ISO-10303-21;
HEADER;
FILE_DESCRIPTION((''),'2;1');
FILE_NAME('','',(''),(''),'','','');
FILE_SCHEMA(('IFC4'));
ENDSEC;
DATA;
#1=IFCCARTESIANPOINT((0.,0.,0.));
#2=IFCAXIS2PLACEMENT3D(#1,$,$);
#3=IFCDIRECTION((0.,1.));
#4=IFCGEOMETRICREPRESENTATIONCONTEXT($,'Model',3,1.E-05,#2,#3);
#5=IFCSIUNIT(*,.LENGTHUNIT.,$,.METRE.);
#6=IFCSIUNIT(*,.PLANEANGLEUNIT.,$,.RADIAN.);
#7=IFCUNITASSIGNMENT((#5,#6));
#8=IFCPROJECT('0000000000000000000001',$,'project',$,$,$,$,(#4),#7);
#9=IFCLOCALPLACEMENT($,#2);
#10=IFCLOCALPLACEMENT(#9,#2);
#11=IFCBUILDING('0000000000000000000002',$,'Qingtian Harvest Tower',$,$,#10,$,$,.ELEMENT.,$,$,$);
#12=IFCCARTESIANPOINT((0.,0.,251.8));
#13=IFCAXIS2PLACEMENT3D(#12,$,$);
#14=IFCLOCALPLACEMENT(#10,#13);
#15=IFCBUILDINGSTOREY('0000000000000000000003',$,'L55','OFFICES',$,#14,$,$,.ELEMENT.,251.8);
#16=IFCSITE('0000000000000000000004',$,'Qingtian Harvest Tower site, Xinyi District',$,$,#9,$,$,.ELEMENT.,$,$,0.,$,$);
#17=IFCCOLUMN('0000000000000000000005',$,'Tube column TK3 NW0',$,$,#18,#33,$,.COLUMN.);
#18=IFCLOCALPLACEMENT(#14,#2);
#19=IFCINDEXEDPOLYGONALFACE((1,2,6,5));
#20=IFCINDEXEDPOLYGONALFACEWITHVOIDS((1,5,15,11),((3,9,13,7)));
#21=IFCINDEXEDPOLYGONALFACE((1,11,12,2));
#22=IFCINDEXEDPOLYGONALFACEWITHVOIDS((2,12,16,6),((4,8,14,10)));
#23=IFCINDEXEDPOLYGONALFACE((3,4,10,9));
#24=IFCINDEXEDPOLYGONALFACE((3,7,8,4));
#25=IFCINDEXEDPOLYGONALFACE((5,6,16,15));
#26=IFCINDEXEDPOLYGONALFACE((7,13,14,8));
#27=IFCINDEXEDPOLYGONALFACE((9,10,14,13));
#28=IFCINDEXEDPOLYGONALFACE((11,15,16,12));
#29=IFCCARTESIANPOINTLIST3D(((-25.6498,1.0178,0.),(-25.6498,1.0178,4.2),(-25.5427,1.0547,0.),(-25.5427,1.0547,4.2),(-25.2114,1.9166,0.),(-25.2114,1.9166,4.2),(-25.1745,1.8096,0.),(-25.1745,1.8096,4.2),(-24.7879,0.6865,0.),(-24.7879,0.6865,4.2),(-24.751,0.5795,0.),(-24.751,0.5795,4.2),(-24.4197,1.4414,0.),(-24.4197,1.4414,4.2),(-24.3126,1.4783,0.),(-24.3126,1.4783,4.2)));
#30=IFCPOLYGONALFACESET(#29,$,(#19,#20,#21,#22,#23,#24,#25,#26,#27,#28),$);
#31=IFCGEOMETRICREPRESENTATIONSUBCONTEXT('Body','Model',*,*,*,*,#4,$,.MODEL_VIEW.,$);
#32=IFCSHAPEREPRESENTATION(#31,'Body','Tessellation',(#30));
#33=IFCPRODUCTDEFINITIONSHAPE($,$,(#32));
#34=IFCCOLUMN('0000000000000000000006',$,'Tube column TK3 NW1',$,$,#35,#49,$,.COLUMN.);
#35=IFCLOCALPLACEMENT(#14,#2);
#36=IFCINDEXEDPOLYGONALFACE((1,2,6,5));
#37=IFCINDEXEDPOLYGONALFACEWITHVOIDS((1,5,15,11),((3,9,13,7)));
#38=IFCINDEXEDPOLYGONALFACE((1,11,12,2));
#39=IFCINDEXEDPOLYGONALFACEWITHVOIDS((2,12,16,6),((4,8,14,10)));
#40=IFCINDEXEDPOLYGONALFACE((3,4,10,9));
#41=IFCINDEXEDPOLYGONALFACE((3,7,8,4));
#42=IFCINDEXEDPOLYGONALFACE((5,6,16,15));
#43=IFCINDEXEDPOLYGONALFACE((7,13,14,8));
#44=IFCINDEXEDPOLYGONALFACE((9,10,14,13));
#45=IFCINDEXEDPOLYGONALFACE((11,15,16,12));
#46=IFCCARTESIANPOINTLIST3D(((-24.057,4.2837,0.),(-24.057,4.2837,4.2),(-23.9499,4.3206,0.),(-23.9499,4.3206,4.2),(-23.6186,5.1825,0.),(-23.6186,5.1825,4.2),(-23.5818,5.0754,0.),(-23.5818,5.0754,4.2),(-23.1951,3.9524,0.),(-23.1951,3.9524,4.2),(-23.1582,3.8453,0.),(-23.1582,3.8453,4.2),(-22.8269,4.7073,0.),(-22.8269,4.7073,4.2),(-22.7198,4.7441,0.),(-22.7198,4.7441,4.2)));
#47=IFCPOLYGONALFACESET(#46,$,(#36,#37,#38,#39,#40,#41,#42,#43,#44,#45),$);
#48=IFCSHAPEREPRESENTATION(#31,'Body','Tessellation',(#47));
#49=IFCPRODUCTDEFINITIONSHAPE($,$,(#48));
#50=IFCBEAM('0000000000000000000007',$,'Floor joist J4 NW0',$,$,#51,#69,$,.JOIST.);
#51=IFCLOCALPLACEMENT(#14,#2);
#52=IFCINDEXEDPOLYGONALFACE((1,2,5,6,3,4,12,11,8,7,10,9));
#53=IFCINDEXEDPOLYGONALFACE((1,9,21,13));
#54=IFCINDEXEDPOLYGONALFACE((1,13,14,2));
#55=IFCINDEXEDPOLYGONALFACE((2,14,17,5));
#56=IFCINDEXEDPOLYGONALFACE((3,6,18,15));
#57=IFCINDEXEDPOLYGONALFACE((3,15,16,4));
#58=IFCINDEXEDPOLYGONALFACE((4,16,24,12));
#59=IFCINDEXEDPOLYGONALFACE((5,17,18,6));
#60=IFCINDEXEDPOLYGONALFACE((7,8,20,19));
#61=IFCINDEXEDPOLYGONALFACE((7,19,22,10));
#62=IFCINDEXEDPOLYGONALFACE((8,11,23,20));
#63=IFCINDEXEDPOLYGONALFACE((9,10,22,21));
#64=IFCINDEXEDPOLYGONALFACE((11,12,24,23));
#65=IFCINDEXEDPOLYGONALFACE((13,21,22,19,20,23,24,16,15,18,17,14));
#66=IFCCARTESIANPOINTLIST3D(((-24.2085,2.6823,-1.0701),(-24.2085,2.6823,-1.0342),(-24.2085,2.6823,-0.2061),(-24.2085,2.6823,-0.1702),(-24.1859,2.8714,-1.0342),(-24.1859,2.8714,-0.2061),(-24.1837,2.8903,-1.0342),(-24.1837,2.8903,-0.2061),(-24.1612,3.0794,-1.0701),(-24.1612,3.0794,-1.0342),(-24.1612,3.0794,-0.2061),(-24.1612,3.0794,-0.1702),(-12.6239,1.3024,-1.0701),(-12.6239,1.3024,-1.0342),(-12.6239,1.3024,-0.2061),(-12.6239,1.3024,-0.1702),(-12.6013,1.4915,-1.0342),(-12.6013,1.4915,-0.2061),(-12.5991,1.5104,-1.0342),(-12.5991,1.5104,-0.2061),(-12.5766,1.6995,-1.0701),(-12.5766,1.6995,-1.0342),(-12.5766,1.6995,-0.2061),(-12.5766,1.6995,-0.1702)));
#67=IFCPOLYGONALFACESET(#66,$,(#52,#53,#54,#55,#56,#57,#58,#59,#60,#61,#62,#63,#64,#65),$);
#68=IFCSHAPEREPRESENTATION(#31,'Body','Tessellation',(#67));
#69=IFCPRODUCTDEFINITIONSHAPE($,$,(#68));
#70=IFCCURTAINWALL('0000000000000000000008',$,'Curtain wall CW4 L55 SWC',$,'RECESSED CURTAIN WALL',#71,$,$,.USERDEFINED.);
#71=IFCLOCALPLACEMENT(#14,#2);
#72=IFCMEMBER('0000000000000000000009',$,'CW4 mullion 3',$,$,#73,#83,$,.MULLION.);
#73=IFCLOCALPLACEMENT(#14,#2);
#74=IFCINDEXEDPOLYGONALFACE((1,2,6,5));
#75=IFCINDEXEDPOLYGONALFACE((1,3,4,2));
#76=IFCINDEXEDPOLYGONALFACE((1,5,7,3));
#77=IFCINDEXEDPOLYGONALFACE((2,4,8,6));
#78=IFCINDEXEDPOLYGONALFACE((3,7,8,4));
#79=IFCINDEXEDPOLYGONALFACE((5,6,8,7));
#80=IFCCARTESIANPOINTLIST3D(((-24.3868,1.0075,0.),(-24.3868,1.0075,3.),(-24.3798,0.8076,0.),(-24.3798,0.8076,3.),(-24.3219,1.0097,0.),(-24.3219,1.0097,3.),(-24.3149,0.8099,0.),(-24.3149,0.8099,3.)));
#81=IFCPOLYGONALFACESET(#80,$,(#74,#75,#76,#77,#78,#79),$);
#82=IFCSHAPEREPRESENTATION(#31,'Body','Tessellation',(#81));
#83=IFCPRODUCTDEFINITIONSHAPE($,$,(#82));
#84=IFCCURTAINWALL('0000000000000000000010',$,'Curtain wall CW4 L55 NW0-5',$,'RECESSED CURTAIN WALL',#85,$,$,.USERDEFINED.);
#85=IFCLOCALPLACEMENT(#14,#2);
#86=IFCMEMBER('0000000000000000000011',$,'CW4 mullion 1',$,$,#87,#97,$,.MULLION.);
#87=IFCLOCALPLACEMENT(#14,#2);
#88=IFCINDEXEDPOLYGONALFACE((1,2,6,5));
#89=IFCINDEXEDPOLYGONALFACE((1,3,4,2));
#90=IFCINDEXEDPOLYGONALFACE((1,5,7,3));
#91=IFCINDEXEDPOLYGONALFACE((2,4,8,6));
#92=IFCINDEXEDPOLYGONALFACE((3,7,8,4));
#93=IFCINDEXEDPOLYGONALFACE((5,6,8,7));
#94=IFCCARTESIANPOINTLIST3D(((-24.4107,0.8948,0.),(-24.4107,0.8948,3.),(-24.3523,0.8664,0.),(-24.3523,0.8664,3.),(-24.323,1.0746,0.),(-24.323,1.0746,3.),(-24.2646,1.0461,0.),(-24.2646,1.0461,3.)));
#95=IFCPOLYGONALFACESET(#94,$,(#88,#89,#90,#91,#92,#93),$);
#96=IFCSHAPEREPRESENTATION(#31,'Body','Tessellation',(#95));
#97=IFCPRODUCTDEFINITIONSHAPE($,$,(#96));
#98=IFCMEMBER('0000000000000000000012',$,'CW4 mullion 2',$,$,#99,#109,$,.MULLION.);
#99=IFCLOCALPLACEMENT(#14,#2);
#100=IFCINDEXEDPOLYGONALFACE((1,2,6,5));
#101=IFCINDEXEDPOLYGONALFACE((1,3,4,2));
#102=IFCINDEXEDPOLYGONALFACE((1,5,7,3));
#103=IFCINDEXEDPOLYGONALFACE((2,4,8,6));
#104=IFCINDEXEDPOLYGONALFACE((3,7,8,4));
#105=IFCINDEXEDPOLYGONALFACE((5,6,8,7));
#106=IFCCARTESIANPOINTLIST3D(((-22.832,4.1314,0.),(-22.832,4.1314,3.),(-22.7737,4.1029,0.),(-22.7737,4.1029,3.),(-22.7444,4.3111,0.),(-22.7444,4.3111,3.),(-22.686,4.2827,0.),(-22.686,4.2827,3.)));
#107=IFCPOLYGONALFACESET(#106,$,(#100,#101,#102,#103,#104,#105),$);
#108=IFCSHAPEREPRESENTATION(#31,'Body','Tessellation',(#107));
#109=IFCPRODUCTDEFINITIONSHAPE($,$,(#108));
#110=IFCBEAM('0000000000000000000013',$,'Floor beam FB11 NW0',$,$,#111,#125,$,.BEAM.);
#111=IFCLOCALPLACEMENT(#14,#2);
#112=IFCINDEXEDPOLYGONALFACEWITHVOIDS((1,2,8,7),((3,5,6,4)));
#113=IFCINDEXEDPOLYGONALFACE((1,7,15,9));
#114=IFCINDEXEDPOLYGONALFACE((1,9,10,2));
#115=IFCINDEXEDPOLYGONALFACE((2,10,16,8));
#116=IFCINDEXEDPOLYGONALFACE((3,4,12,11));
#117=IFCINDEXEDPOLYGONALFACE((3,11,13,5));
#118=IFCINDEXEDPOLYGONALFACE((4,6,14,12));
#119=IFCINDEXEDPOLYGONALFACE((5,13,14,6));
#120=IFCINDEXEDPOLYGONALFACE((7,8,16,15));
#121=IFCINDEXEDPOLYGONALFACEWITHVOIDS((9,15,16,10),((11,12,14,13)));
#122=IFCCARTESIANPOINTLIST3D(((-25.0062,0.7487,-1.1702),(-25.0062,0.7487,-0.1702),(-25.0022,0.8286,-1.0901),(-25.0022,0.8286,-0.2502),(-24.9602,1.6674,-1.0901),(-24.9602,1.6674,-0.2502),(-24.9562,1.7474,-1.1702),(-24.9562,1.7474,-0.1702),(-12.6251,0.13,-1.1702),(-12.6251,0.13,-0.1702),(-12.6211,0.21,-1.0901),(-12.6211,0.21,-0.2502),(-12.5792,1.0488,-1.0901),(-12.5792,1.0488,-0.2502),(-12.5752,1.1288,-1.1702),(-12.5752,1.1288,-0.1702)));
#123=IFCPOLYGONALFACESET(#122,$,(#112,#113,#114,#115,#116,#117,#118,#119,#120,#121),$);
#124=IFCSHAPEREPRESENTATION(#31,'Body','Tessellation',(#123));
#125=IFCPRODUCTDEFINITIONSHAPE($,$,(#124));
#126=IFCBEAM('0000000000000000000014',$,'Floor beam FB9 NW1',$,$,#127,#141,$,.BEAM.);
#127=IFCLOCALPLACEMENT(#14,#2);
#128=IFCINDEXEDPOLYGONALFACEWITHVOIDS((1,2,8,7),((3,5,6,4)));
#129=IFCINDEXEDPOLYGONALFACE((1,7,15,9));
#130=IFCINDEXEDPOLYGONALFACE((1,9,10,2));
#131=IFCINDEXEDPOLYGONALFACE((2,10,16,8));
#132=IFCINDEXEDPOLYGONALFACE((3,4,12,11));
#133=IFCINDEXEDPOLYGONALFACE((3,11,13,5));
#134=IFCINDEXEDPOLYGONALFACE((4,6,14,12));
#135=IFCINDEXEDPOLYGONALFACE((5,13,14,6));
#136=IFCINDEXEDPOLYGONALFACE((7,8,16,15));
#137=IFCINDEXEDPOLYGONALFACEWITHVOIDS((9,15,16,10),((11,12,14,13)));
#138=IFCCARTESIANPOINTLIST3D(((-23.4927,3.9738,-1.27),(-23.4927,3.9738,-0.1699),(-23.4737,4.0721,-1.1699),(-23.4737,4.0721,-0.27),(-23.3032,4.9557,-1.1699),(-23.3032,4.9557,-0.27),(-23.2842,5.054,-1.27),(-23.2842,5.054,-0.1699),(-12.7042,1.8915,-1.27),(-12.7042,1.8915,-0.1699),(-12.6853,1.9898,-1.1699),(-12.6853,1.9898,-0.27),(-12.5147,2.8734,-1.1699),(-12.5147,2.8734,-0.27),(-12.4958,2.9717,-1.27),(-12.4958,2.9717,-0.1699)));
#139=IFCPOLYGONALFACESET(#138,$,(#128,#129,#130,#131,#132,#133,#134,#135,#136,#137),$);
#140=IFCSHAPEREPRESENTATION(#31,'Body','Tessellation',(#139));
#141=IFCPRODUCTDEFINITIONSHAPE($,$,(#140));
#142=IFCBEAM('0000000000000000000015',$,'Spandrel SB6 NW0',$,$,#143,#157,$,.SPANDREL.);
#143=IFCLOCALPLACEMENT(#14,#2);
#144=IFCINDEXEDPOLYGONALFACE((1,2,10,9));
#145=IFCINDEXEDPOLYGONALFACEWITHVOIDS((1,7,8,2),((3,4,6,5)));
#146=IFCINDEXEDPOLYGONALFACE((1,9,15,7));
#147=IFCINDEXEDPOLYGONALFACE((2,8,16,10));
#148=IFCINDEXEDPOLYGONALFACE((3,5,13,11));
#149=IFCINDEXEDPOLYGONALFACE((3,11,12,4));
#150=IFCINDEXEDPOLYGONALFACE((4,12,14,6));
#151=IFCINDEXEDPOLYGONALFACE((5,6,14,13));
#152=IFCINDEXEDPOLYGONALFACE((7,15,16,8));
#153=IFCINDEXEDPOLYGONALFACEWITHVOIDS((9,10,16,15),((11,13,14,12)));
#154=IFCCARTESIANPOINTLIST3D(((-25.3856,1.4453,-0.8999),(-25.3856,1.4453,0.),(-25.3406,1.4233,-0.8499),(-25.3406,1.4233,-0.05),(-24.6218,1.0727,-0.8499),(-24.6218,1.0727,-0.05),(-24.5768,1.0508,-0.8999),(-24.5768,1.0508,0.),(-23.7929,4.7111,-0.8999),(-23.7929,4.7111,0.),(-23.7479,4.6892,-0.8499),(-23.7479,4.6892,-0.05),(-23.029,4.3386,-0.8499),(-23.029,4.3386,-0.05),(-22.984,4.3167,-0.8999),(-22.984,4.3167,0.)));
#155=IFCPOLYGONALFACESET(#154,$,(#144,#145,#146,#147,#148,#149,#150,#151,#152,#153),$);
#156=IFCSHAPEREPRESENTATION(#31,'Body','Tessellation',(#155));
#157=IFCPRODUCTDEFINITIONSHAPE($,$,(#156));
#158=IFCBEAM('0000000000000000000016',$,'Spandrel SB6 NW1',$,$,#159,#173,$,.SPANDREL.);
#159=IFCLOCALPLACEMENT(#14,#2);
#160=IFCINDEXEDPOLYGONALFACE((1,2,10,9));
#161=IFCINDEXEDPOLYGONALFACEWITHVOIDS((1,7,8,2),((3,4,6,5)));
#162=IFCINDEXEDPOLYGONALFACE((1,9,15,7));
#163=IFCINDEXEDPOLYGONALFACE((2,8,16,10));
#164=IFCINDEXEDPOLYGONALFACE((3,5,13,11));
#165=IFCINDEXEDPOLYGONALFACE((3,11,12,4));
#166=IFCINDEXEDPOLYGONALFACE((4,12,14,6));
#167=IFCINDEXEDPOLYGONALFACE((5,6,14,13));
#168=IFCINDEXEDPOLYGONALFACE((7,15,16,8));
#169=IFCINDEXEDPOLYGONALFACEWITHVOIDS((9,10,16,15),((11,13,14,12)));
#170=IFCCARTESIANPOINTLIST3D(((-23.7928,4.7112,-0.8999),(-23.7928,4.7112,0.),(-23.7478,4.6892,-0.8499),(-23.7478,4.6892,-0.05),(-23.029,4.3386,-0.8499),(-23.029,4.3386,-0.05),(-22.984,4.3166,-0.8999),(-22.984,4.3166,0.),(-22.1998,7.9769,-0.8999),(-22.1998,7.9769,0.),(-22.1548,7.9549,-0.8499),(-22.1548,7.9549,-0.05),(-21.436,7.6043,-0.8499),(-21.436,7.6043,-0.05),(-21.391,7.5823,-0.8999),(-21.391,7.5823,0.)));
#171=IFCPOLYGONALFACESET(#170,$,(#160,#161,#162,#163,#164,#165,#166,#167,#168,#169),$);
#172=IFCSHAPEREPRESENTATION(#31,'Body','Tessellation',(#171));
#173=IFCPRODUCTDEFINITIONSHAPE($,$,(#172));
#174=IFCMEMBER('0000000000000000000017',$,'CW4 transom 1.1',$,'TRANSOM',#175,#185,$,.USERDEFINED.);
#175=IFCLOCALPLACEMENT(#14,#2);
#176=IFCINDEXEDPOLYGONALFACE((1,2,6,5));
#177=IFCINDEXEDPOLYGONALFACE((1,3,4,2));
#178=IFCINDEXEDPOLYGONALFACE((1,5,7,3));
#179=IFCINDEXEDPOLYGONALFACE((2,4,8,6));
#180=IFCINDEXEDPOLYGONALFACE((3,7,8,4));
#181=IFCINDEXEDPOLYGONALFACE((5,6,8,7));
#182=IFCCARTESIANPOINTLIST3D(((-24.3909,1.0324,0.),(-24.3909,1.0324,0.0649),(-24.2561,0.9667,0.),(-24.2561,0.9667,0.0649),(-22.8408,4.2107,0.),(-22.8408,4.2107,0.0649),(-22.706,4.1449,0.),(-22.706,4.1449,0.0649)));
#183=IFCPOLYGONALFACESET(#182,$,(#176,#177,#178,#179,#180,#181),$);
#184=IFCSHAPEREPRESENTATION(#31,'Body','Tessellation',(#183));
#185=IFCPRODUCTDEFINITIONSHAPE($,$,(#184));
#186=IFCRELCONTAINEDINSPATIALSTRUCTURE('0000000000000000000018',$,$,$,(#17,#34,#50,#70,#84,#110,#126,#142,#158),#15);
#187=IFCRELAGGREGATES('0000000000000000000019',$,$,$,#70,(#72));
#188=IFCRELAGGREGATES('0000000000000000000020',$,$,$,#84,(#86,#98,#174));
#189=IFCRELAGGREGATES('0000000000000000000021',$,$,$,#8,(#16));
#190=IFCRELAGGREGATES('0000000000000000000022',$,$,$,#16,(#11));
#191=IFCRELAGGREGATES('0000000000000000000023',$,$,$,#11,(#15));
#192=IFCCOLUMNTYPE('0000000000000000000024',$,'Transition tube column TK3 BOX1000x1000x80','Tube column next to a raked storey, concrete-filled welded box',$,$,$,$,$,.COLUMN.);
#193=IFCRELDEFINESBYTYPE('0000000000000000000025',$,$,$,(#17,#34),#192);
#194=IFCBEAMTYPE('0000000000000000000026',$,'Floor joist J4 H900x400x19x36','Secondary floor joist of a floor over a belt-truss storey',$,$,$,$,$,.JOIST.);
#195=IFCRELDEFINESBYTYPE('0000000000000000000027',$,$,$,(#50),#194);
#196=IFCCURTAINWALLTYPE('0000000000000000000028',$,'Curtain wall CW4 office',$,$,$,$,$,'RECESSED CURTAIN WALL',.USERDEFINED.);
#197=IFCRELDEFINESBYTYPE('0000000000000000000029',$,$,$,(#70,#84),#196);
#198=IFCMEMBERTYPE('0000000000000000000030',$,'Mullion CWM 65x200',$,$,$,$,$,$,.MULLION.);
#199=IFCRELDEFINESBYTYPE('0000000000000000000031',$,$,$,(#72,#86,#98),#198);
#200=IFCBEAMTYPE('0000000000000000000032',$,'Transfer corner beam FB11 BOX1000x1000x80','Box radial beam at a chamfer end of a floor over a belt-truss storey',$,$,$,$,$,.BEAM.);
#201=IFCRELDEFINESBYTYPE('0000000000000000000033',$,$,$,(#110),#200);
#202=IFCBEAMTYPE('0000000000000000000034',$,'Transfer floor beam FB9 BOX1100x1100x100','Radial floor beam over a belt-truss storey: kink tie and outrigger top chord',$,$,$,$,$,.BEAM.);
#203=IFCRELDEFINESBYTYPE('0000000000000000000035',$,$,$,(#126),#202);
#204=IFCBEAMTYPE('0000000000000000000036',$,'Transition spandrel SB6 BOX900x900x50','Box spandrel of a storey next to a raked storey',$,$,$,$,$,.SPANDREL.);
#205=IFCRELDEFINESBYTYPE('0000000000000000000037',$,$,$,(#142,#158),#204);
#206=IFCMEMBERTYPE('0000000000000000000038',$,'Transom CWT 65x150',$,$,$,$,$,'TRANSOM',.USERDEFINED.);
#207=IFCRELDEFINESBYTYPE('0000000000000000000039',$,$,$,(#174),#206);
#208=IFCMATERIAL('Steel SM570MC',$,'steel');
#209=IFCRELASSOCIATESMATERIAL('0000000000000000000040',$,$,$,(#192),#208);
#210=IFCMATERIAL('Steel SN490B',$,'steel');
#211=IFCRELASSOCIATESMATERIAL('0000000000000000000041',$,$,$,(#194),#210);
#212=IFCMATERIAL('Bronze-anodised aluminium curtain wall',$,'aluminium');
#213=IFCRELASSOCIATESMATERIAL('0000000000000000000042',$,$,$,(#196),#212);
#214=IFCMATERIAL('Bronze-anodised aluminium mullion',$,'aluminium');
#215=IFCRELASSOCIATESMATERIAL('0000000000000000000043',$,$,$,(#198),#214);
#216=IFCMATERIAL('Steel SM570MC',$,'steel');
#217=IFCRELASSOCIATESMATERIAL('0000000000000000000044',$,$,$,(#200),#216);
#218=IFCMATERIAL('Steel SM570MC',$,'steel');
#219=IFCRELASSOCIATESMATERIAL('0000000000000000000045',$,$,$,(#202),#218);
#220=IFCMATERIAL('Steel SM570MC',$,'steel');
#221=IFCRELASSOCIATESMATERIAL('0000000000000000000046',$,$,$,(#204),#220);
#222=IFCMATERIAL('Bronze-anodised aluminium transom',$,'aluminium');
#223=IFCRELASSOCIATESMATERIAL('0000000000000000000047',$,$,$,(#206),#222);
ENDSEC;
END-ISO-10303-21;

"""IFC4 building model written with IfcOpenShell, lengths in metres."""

from ifc_helpers import new_model, si_unit, direction, frame, origin, origin_2d, place, context, subcontext, project, spatial, rectangle, hollow_rectangle, i_section, extrude, material, material_profile, profile_set, type_object, element, aggregate, save


model = new_model("IFC4")

# Units and contexts
model_context = context("Model", 3, precision=1e-05, world=origin(), true_north=direction((0.0, 1.0)))
body_context = subcontext(model_context, "Body", "Model", "MODEL_VIEW")
ifc_project = project(units=[si_unit("LENGTHUNIT", "METRE"), si_unit("PLANEANGLEUNIT", "RADIAN")], contexts=[model_context])

# Site, building, storey
site_placement = place(None, origin())
site = spatial("IfcSite", under=ifc_project, at=site_placement, Name="Qingtian Harvest Tower site, Xinyi District", CompositionType="ELEMENT", RefElevation=0.0)
building_placement = place(site_placement, origin())
building = spatial("IfcBuilding", under=site, at=building_placement, Name="Qingtian Harvest Tower", CompositionType="ELEMENT")
storey_placement = place(building_placement, frame((0.0, 0.0, 251.8)))
storey = spatial("IfcBuildingStorey", under=building, at=storey_placement, Name="L55", Description="OFFICES", CompositionType="ELEMENT", Elevation=251.8)

# Columns
ifc_material_1 = material(Name="Steel SM570MC", Category="steel")
ifc_material_profile_1 = material_profile(ifc_material_1, hollow_rectangle(XDim=1.0, YDim=1.0, WallThickness=0.0801, at=origin_2d()), Name="BOX1000x1000x80")
ifc_profile_set_1 = profile_set([ifc_material_profile_1], Name="Steel SM570MC")
column_type = type_object("IfcColumnType", Name="Transition tube column TK3 BOX1000x1000x80", Description="Tube column next to a raked storey, concrete-filled welded box", PredefinedType="COLUMN", material=ifc_profile_set_1)
for number, where, z_axis, x_axis, name in (
    (1, (-24.9812, 1.248, 0.0), (0.0, 0.0, 1.0), (-0.438371, -0.898794, 0.0), "Tube column TK3 NW0"),
    (2, (-23.3884, 4.5139, 0.0), (0.0, 0.0, 1.0), (-0.438371, -0.898794, 0.0), "Tube column TK3 NW1"),
):
    element("IfcColumn", number, at=place(storey_placement, frame(where, z_axis=z_axis, x_axis=x_axis)), inside=storey, type_object=column_type, Name=name, PredefinedType="COLUMN", context=body_context, shape_type="SweptSolid", body=[
        extrude(hollow_rectangle(XDim=1.0, YDim=1.0, WallThickness=0.0801, at=origin_2d()), origin(), (0.0, 0.0, 1.0), 4.2),
    ])

# Beam
ifc_material_2 = material(Name="Steel SN490B", Category="steel")
ifc_material_profile_2 = material_profile(ifc_material_2, i_section(OverallWidth=0.3999, OverallDepth=0.8999, WebThickness=0.019, FlangeThickness=0.0359, at=origin_2d()), Name="H900x400x19x36")
ifc_profile_set_2 = profile_set([ifc_material_profile_2], Name="Steel SN490B")
beam_type_1 = type_object("IfcBeamType", Name="Floor joist J4 H900x400x19x36", Description="Secondary floor joist of a floor over a belt-truss storey", PredefinedType="JOIST", material=ifc_profile_set_2)
beam_1_placement = place(storey_placement, frame((-24.1848, 2.8809, -0.6201), z_axis=(0.992981, -0.118276, 0.0), x_axis=(0.118276, 0.992981, 0.0)))
element("IfcBeam", 3, at=beam_1_placement, inside=storey, type_object=beam_type_1, Name="Floor joist J4 NW0", PredefinedType="JOIST", context=body_context, shape_type="SweptSolid", body=[
    extrude(i_section(OverallWidth=0.3999, OverallDepth=0.8999, WebThickness=0.019, FlangeThickness=0.0359, at=origin_2d()), origin(), (0.0, 0.0, 1.0), 11.6665),
])

# Curtain wall, member
ifc_material_3 = material(Name="Bronze-anodised aluminium curtain wall", Category="aluminium")
curtain_wall_type = type_object("IfcCurtainWallType", Name="Curtain wall CW4 office", ElementType="RECESSED CURTAIN WALL", PredefinedType="USERDEFINED", material=ifc_material_3)
curtain_wall_1_placement = place(storey_placement, origin())
curtain_wall_1 = element("IfcCurtainWall", 4, at=curtain_wall_1_placement, inside=storey, type_object=curtain_wall_type, Name="Curtain wall CW4 L55 SWC", ObjectType="RECESSED CURTAIN WALL", PredefinedType="USERDEFINED")
ifc_material_4 = material(Name="Bronze-anodised aluminium mullion", Category="aluminium")
ifc_material_profile_3 = material_profile(ifc_material_4, rectangle(XDim=0.0649, YDim=0.2, at=origin_2d()), Name="AL 65x200")
ifc_profile_set_3 = profile_set([ifc_material_profile_3], Name="Bronze-anodised aluminium mullion")
member_type_1 = type_object("IfcMemberType", Name="Mullion CWM 65x200", PredefinedType="MULLION", material=ifc_profile_set_3)
member_1_placement = place(storey_placement, frame((-24.3508, 0.9087, 0.0), z_axis=(0.0, 0.0, 1.0), x_axis=(-0.999391, -0.034899, 0.0)))
member_1 = element("IfcMember", 5, at=member_1_placement, type_object=member_type_1, Name="CW4 mullion 3", PredefinedType="MULLION", context=body_context, shape_type="SweptSolid", body=[
    extrude(rectangle(XDim=0.0649, YDim=0.2, at=origin_2d()), origin(), (0.0, 0.0, 1.0), 3.0),
])

# Curtain wall, members
curtain_wall_2_placement = place(storey_placement, origin())
curtain_wall_2 = element("IfcCurtainWall", 6, at=curtain_wall_2_placement, inside=storey, type_object=curtain_wall_type, Name="Curtain wall CW4 L55 NW0-5", ObjectType="RECESSED CURTAIN WALL", PredefinedType="USERDEFINED")
member_2_placement = place(storey_placement, frame((-24.3376, 0.9705, 0.0), z_axis=(0.0, 0.0, 1.0), x_axis=(-0.898794, 0.438371, 0.0)))
member_2 = element("IfcMember", 7, at=member_2_placement, type_object=member_type_1, Name="CW4 mullion 1", PredefinedType="MULLION", context=body_context, shape_type="SweptSolid", body=[
    extrude(rectangle(XDim=0.0649, YDim=0.2, at=origin_2d()), origin(), (0.0, 0.0, 1.0), 3.0),
])
member_3_placement = place(storey_placement, frame((-22.759, 4.207, 0.0), z_axis=(0.0, 0.0, 1.0), x_axis=(-0.898794, 0.438371, 0.0)))
member_3 = element("IfcMember", 8, at=member_3_placement, type_object=member_type_1, Name="CW4 mullion 2", PredefinedType="MULLION", context=body_context, shape_type="SweptSolid", body=[
    extrude(rectangle(XDim=0.0649, YDim=0.2, at=origin_2d()), origin(), (0.0, 0.0, 1.0), 3.0),
])

# Beams
ifc_material_5 = material(Name="Steel SM570MC", Category="steel")
ifc_material_profile_4 = material_profile(ifc_material_5, hollow_rectangle(XDim=1.0, YDim=1.0, WallThickness=0.0801, at=origin_2d()), Name="BOX1000x1000x80")
ifc_profile_set_4 = profile_set([ifc_material_profile_4], Name="Steel SM570MC")
beam_type_2 = type_object("IfcBeamType", Name="Transfer corner beam FB11 BOX1000x1000x80", Description="Box radial beam at a chamfer end of a floor over a belt-truss storey", PredefinedType="BEAM", material=ifc_profile_set_4)
beam_2_placement = place(storey_placement, frame((-24.9812, 1.248, -0.6702), z_axis=(0.998754, -0.049905, 0.0), x_axis=(0.049905, 0.998754, 0.0)))
element("IfcBeam", 9, at=beam_2_placement, inside=storey, type_object=beam_type_2, Name="Floor beam FB11 NW0", PredefinedType="BEAM", context=body_context, shape_type="SweptSolid", body=[
    extrude(hollow_rectangle(XDim=1.0, YDim=1.0, WallThickness=0.0801, at=origin_2d()), origin(), (0.0, 0.0, 1.0), 12.3965),
])
ifc_material_6 = material(Name="Steel SM570MC", Category="steel")
ifc_material_profile_5 = material_profile(ifc_material_6, hollow_rectangle(XDim=1.1001, YDim=1.1001, WallThickness=0.1001, at=origin_2d()), Name="BOX1100x1100x100")
ifc_profile_set_5 = profile_set([ifc_material_profile_5], Name="Steel SM570MC")
beam_type_3 = type_object("IfcBeamType", Name="Transfer floor beam FB9 BOX1100x1100x100", Description="Radial floor beam over a belt-truss storey: kink tie and outrigger top chord", PredefinedType="BEAM", material=ifc_profile_set_5)
beam_3_placement = place(storey_placement, frame((-23.3884, 4.5139, -0.72), z_axis=(0.981878, -0.189514, 0.0), x_axis=(0.189514, 0.981878, 0.0)))
element("IfcBeam", 10, at=beam_3_placement, inside=storey, type_object=beam_type_3, Name="Floor beam FB9 NW1", PredefinedType="BEAM", context=body_context, shape_type="SweptSolid", body=[
    extrude(hollow_rectangle(XDim=1.1001, YDim=1.1001, WallThickness=0.1001, at=origin_2d()), origin(), (0.0, 0.0, 1.0), 10.9875),
])
ifc_material_7 = material(Name="Steel SM570MC", Category="steel")
ifc_material_profile_6 = material_profile(ifc_material_7, hollow_rectangle(XDim=0.8999, YDim=0.8999, WallThickness=0.05, at=origin_2d()), Name="BOX900x900x50")
ifc_profile_set_6 = profile_set([ifc_material_profile_6], Name="Steel SM570MC")
beam_type_4 = type_object("IfcBeamType", Name="Transition spandrel SB6 BOX900x900x50", Description="Box spandrel of a storey next to a raked storey", PredefinedType="SPANDREL", material=ifc_profile_set_6)
for number, where, z_axis, x_axis, name in (
    (11, (-24.9812, 1.248, -0.45), (0.438349, 0.898805, 0.0), (-0.898805, 0.438349, 0.0), "Spandrel SB6 NW0"),
    (12, (-23.3884, 4.5139, -0.45), (0.43843, 0.898765, 0.0), (-0.898765, 0.43843, 0.0), "Spandrel SB6 NW1"),
):
    element("IfcBeam", number, at=place(storey_placement, frame(where, z_axis=z_axis, x_axis=x_axis)), inside=storey, type_object=beam_type_4, Name=name, PredefinedType="SPANDREL", context=body_context, shape_type="SweptSolid", body=[
        extrude(hollow_rectangle(XDim=0.8999, YDim=0.8999, WallThickness=0.05, at=origin_2d()), origin(), (0.0, 0.0, 1.0), 3.6335),
    ])

# Member
ifc_material_8 = material(Name="Bronze-anodised aluminium transom", Category="aluminium")
ifc_material_profile_7 = material_profile(ifc_material_8, rectangle(XDim=0.1499, YDim=0.0649, at=origin_2d()), Name="AL 65x150")
ifc_profile_set_7 = profile_set([ifc_material_profile_7], Name="Bronze-anodised aluminium transom")
member_type_2 = type_object("IfcMemberType", Name="Transom CWT 65x150", ElementType="TRANSOM", PredefinedType="USERDEFINED", material=ifc_profile_set_7)
member_4_placement = place(storey_placement, frame((-24.3235, 0.9995, 0.0325), z_axis=(0.438354, 0.898802, 0.0), x_axis=(-0.898802, 0.438354, 0.0)))
member_4 = element("IfcMember", 13, at=member_4_placement, type_object=member_type_2, Name="CW4 transom 1.1", ObjectType="TRANSOM", PredefinedType="USERDEFINED", context=body_context, shape_type="SweptSolid", body=[
    extrude(rectangle(XDim=0.1499, YDim=0.0649, at=origin_2d()), origin(), (0.0, 0.0, 1.0), 3.5361),
])

aggregate(curtain_wall_1, [member_1])
aggregate(curtain_wall_2, [member_2, member_3, member_4])

save(model, "model.ifc")
